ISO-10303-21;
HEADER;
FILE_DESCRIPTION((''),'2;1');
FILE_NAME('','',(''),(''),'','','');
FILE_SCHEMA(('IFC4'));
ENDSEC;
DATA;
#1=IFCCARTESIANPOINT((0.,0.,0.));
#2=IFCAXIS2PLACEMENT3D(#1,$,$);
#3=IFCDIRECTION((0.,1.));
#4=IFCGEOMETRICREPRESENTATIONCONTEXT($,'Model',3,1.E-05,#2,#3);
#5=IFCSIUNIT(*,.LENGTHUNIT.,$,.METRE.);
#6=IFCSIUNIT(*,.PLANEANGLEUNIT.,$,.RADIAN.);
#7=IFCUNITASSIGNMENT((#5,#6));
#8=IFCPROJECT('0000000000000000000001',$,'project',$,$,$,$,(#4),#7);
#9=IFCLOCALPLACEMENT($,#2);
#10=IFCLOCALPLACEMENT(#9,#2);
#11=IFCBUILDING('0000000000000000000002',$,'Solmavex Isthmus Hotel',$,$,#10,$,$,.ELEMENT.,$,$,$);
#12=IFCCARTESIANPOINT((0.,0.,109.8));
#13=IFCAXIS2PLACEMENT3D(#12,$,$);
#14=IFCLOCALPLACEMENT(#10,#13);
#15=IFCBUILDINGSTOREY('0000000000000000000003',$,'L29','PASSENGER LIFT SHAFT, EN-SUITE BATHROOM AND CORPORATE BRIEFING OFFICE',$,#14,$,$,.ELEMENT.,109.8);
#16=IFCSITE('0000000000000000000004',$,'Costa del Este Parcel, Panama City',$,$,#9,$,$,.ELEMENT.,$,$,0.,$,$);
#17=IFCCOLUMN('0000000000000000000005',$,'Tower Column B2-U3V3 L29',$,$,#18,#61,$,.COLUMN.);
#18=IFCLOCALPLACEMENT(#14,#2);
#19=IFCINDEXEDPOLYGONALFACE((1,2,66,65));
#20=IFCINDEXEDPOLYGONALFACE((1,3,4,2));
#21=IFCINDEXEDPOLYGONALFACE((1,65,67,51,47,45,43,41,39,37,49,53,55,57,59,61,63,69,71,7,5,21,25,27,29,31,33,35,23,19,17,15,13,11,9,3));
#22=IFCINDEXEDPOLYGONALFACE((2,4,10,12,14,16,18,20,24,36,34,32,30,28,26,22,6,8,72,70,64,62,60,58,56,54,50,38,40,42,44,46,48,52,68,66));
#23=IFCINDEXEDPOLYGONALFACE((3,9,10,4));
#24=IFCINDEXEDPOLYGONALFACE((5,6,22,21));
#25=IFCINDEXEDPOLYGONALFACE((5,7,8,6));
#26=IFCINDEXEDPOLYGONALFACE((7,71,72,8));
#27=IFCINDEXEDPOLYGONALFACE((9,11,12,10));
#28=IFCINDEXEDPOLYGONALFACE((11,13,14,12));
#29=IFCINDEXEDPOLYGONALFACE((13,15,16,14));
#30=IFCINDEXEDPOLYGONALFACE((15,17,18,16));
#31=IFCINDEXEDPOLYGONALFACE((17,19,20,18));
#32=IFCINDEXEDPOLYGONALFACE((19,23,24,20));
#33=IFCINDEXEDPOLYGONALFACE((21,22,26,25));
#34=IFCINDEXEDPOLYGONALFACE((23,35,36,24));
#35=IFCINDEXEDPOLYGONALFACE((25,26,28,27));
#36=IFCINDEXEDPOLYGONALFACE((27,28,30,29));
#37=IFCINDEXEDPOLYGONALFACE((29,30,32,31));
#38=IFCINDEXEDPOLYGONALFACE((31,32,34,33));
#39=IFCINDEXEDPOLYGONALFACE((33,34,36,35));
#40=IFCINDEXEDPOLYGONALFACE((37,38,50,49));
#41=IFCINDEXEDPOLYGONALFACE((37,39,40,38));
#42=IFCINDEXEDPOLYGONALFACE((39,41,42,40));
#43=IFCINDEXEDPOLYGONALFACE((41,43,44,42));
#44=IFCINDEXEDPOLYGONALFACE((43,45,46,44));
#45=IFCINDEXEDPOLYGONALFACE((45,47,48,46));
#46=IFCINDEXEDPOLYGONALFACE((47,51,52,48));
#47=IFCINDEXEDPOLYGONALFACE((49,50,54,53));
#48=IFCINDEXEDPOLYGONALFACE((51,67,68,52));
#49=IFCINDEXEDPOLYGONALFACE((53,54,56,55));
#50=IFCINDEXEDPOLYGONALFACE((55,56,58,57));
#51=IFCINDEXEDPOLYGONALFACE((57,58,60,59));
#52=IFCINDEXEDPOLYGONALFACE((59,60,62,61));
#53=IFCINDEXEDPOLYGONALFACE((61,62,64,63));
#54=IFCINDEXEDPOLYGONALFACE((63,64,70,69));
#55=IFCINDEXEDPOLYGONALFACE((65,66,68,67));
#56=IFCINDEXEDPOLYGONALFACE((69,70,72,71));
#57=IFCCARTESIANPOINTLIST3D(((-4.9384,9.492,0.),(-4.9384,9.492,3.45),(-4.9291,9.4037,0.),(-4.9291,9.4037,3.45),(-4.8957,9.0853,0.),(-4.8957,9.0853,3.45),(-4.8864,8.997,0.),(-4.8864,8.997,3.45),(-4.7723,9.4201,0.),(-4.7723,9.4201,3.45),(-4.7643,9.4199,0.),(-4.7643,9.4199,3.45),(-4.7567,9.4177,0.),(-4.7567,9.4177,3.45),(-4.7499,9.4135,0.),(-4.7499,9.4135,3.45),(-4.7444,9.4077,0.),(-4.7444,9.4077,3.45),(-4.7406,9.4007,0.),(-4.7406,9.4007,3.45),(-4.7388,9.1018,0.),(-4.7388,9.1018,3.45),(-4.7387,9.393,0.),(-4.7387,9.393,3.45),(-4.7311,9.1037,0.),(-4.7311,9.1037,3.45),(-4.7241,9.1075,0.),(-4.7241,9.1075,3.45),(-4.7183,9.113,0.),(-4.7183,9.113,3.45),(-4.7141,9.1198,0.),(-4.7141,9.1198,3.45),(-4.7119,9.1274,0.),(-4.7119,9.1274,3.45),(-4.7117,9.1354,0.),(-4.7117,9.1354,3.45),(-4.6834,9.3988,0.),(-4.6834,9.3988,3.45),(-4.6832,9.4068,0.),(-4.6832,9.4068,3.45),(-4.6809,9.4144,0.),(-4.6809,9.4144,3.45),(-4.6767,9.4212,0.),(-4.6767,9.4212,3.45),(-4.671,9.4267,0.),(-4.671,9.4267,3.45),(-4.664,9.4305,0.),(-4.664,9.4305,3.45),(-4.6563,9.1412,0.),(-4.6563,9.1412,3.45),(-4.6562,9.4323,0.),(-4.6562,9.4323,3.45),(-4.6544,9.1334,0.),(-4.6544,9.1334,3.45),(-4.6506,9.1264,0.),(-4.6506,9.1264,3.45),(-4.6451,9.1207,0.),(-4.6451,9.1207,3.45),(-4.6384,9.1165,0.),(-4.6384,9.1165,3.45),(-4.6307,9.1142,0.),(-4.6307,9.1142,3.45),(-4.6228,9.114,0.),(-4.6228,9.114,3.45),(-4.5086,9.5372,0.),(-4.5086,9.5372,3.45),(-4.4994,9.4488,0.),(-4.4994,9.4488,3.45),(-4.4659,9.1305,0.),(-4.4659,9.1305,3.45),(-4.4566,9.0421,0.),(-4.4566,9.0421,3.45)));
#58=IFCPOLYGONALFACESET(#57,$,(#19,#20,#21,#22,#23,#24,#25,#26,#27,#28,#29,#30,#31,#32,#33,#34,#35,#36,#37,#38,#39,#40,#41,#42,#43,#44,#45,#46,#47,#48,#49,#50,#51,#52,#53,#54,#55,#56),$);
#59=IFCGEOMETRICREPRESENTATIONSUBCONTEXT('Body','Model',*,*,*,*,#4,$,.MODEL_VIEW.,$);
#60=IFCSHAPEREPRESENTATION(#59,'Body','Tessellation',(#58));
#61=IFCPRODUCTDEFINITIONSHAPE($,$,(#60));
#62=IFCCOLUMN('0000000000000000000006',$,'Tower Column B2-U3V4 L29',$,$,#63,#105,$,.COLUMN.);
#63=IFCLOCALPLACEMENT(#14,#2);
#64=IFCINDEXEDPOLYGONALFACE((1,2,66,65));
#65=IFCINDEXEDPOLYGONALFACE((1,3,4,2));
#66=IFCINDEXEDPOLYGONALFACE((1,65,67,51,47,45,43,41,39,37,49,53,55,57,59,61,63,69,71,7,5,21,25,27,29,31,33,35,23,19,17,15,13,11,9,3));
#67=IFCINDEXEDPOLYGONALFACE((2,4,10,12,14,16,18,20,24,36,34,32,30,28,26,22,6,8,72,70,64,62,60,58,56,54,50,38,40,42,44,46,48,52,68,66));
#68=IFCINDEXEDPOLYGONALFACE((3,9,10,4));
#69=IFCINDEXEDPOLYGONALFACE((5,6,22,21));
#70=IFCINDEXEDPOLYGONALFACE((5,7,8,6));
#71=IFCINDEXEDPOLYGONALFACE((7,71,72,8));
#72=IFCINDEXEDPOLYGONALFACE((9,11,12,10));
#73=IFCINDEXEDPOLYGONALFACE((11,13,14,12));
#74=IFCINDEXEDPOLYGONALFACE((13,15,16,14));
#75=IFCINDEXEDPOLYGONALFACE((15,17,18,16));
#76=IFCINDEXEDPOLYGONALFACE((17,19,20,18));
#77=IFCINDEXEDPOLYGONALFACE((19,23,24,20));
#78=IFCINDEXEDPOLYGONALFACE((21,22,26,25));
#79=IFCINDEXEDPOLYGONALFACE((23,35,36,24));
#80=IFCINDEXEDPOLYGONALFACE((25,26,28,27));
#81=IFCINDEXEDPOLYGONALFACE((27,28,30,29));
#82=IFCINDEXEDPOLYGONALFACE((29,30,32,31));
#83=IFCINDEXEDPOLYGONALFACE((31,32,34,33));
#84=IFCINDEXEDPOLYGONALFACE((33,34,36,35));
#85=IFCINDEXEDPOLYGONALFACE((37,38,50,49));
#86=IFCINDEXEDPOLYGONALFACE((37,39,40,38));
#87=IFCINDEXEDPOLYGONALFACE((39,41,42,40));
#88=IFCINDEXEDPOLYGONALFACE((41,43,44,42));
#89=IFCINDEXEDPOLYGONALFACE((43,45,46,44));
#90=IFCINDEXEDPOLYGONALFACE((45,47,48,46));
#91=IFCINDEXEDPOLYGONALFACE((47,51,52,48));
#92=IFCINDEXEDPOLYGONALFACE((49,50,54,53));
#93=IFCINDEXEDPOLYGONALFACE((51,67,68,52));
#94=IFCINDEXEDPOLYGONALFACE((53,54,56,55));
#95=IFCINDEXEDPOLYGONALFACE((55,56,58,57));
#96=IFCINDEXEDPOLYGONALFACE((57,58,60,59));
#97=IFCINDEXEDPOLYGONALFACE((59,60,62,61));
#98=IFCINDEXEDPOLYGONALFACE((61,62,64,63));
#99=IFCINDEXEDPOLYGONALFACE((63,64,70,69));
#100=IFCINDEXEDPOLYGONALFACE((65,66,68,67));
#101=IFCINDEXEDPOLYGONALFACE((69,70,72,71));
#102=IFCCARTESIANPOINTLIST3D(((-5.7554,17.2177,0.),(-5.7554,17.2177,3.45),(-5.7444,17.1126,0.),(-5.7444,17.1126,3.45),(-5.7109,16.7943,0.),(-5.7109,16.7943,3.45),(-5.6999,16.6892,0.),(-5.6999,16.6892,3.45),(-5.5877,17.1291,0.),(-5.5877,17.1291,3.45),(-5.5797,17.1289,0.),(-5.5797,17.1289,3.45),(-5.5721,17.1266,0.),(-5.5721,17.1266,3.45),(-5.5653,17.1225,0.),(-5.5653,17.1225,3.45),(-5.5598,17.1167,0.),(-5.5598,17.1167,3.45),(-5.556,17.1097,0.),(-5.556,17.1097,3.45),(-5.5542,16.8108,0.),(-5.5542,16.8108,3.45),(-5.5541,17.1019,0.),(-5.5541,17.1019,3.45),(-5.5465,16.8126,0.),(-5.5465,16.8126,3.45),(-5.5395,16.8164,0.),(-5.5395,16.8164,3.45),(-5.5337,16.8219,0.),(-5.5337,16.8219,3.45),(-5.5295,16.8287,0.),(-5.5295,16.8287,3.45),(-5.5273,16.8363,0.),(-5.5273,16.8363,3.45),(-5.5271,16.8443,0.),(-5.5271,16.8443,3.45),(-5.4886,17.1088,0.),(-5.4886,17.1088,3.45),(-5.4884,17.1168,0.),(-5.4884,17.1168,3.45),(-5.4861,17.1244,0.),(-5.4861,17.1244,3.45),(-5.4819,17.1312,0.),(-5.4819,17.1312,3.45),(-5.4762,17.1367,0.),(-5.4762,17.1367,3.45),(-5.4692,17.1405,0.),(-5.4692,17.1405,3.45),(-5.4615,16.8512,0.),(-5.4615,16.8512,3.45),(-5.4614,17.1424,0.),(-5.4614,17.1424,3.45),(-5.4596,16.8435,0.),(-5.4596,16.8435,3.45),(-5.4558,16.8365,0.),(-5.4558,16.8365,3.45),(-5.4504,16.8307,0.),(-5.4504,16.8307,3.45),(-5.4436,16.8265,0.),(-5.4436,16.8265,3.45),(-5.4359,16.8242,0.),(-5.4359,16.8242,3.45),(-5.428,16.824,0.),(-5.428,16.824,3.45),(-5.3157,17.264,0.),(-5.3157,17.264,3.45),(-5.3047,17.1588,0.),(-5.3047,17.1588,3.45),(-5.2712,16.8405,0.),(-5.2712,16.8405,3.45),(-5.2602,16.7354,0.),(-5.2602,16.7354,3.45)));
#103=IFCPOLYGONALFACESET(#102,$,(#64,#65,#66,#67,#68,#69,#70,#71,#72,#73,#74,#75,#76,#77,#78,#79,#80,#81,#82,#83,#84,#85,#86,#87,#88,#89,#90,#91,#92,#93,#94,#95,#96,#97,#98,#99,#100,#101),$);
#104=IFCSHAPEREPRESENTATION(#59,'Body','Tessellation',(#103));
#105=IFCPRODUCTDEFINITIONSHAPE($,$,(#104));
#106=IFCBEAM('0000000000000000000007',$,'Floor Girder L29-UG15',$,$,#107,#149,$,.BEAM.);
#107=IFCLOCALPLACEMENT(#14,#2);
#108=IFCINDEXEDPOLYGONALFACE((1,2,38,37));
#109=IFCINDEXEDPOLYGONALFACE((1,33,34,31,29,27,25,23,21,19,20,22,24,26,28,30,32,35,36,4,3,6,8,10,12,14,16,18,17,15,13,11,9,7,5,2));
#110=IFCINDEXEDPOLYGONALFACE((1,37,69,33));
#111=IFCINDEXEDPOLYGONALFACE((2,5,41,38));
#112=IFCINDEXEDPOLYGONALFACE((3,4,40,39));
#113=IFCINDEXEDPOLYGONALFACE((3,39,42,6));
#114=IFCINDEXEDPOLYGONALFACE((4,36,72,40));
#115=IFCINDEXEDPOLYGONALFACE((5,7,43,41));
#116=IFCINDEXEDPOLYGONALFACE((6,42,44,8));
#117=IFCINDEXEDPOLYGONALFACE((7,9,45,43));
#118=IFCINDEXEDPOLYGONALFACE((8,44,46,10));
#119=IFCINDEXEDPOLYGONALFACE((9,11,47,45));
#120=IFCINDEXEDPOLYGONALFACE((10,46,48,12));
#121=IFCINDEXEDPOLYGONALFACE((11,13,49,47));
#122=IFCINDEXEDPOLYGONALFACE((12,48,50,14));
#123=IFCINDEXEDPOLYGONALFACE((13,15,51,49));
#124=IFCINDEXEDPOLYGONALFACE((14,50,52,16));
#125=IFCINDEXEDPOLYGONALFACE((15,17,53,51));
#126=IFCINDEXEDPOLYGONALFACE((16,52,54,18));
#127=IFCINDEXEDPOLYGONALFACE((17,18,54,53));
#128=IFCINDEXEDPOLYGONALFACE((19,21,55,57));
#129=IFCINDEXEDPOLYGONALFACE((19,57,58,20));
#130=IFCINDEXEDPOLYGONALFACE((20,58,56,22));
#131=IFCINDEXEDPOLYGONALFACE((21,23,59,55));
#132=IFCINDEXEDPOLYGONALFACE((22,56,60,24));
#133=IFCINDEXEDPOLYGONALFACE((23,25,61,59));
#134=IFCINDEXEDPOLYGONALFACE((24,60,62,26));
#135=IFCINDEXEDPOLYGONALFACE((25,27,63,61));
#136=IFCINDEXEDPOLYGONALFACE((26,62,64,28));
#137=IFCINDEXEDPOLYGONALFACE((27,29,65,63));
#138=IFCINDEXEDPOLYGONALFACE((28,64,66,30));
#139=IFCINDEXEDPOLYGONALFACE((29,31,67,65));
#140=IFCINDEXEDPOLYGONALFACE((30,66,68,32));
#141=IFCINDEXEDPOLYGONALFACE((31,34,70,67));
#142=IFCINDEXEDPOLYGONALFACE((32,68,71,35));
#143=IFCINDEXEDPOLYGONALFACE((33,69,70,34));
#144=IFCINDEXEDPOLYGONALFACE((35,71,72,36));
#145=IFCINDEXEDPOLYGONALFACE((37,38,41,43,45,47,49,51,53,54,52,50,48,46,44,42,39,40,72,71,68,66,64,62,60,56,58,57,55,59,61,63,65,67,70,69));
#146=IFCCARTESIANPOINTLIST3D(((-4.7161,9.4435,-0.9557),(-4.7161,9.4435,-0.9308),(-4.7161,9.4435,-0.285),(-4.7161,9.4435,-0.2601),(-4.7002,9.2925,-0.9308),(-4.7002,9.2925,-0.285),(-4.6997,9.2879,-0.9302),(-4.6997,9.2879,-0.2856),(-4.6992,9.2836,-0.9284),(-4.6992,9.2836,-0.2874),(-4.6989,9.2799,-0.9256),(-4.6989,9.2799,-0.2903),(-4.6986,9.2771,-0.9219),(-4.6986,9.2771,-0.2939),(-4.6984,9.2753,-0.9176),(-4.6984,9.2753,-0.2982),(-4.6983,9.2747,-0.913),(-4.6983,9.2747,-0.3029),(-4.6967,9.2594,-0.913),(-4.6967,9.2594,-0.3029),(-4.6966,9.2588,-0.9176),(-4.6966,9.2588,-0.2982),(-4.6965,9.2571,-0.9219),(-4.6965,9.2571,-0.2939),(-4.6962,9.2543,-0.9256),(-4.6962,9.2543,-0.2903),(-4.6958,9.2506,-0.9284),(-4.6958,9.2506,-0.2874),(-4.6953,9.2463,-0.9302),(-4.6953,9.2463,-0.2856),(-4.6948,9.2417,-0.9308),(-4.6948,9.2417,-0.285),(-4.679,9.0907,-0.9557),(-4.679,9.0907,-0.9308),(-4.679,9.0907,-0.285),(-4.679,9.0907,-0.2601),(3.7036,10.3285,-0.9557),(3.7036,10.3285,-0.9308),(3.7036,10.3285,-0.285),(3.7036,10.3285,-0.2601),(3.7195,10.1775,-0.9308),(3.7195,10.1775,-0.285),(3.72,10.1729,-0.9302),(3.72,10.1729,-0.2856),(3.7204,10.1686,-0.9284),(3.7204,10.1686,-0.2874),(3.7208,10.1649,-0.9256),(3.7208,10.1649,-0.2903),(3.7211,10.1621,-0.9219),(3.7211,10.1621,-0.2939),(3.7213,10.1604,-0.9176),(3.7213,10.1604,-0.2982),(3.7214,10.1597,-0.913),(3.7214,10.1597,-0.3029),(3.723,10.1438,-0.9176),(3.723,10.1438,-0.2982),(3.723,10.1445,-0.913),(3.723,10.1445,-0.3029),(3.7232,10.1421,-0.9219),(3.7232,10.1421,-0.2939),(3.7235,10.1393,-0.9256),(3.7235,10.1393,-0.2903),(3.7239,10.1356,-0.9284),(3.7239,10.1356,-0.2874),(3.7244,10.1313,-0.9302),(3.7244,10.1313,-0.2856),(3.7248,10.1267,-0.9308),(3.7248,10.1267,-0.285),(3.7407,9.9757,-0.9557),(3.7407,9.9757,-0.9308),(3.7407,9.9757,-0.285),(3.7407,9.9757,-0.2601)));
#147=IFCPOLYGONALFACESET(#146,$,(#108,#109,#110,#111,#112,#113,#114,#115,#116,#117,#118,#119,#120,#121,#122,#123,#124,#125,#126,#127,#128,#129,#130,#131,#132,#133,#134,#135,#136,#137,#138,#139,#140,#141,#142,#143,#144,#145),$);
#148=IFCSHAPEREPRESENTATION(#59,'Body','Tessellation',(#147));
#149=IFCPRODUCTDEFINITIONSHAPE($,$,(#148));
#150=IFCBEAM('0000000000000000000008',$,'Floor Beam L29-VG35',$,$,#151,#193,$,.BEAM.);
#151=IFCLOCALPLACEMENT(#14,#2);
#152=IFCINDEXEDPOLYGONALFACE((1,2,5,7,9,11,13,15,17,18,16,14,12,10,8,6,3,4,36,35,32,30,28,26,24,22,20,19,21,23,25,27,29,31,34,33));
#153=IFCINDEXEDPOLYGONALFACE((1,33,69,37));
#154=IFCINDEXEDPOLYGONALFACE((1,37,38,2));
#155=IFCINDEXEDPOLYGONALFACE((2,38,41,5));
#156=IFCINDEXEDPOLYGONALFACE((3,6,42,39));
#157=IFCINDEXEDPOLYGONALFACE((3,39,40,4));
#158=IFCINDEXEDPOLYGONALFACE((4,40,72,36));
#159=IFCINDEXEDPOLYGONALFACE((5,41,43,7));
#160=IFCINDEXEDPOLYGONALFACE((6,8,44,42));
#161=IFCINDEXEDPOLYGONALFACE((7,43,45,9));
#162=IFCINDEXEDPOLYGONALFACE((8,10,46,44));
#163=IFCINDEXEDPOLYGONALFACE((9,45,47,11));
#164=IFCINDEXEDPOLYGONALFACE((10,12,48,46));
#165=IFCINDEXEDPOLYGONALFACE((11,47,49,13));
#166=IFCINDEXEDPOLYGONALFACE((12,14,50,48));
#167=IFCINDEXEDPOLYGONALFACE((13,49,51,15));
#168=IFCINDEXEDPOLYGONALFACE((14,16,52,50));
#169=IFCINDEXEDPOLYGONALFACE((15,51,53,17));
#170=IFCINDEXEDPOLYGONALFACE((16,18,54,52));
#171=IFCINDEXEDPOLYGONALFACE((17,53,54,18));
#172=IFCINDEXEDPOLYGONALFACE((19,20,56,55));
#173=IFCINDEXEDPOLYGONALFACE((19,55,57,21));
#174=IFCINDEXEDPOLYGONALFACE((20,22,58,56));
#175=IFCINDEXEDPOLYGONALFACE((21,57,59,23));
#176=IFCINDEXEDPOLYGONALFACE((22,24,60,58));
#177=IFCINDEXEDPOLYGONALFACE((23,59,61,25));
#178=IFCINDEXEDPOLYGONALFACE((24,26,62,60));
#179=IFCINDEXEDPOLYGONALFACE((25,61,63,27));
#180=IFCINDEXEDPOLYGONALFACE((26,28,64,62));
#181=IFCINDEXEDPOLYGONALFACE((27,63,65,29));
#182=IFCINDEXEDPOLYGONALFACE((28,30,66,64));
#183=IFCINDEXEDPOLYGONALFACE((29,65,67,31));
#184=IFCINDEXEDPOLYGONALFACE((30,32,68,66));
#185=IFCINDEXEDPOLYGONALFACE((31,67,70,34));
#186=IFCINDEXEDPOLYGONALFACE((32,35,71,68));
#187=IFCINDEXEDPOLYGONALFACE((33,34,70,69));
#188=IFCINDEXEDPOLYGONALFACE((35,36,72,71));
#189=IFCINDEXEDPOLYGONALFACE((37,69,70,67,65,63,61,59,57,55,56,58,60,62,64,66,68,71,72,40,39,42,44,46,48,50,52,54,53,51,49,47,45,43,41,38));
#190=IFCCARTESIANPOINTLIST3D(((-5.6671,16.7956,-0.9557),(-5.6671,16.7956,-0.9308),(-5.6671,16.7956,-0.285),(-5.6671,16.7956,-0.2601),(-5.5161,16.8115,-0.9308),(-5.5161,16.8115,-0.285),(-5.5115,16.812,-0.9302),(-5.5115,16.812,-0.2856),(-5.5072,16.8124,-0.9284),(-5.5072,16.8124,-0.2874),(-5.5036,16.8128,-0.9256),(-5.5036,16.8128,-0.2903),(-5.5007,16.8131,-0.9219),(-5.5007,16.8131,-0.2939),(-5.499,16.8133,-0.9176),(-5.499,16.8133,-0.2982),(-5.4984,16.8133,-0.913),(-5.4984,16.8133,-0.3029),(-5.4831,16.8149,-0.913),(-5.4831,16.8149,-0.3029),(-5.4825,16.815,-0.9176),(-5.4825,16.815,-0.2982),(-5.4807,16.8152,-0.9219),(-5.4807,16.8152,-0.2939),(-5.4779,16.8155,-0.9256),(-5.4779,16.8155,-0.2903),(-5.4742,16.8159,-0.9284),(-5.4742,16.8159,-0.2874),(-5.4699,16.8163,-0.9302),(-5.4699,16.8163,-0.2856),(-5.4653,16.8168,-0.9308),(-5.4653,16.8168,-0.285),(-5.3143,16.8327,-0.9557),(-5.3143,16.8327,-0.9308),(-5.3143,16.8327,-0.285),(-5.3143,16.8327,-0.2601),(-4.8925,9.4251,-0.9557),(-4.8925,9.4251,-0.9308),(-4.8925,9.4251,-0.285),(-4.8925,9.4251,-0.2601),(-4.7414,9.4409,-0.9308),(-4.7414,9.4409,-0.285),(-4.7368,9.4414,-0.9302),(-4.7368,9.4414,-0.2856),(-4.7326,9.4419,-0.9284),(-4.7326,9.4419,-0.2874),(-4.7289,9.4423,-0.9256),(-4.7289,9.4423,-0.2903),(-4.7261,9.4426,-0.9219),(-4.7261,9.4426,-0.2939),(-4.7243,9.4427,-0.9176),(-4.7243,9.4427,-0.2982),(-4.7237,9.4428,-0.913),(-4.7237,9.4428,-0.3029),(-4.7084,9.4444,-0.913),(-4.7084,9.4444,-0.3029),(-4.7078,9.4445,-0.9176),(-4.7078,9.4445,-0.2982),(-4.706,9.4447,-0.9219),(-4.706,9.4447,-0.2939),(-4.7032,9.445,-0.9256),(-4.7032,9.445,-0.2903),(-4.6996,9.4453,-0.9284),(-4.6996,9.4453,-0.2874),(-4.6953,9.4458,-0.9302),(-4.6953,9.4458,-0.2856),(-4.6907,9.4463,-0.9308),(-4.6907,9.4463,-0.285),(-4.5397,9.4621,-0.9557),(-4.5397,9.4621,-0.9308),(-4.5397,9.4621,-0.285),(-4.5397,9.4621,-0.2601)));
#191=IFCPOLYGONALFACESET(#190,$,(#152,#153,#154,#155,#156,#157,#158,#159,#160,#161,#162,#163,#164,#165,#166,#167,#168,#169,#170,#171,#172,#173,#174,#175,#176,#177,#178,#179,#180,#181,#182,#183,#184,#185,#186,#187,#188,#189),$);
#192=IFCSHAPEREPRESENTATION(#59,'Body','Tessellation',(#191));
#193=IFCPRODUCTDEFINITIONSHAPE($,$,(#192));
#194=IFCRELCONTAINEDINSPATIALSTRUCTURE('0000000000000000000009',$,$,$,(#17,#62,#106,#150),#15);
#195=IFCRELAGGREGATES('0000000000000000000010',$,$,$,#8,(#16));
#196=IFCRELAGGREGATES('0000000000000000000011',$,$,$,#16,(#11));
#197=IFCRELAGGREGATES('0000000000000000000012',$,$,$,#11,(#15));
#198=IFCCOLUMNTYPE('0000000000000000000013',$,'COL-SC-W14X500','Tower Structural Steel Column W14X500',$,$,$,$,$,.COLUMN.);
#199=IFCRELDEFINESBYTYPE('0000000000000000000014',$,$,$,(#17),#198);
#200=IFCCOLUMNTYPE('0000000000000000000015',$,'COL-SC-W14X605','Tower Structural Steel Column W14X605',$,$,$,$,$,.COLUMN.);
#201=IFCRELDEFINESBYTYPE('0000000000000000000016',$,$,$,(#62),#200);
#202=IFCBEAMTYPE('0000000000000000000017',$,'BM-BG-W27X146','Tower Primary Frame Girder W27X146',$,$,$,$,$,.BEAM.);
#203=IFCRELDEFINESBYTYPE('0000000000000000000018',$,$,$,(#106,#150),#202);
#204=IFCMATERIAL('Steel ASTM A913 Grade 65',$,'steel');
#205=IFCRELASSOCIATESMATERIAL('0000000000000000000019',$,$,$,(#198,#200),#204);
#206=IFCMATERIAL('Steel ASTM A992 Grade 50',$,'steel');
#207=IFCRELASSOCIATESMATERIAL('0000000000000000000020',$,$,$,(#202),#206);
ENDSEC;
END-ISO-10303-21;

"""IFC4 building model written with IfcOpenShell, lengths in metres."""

from ifc_helpers import new_model, si_unit, direction, frame, origin, origin_2d, place, context, subcontext, project, spatial, i_section, extrude, material, material_profile, profile_set, type_object, element, save


model = new_model("IFC4")

# Units and contexts
model_context = context("Model", 3, precision=1e-05, world=origin(), true_north=direction((0.0, 1.0)))
body_context = subcontext(model_context, "Body", "Model", "MODEL_VIEW")
ifc_project = project(units=[si_unit("LENGTHUNIT", "METRE"), si_unit("PLANEANGLEUNIT", "RADIAN")], contexts=[model_context])

# Site, building, storey
site_placement = place(None, origin())
site = spatial("IfcSite", under=ifc_project, at=site_placement, Name="Costa del Este Parcel, Panama City", CompositionType="ELEMENT", RefElevation=0.0)
building_placement = place(site_placement, origin())
building = spatial("IfcBuilding", under=site, at=building_placement, Name="Solmavex Isthmus Hotel", CompositionType="ELEMENT")
storey_placement = place(building_placement, frame((0.0, 0.0, 109.8)))
storey = spatial("IfcBuildingStorey", under=building, at=storey_placement, Name="L29", Description="PASSENGER LIFT SHAFT, EN-SUITE BATHROOM AND CORPORATE BRIEFING OFFICE", CompositionType="ELEMENT", Elevation=109.8)

# Columns
ifc_material_1 = material(Name="Steel ASTM A913 Grade 65", Category="steel")
ifc_material_profile_1 = material_profile(ifc_material_1, i_section(OverallWidth=0.4321, OverallDepth=0.4978, WebThickness=0.0557, FlangeThickness=0.0889, FilletRadius=0.0305, at=origin_2d()), Name="W14X500")
ifc_profile_set_1 = profile_set([ifc_material_profile_1], Name="Steel ASTM A913 Grade 65")
column_type_1 = type_object("IfcColumnType", Name="COL-SC-W14X500", Description="Tower Structural Steel Column W14X500", PredefinedType="COLUMN", material=ifc_profile_set_1)
column_1_placement = place(storey_placement, frame((-4.6975, 9.2671, 0.0), z_axis=(0.0, 0.0, 1.0), x_axis=(0.994522, 0.104528, 0.0)))
element("IfcColumn", 1, at=column_1_placement, inside=storey, type_object=column_type_1, Name="Tower Column B2-U3V3 L29", PredefinedType="COLUMN", context=body_context, shape_type="SweptSolid", body=[
    extrude(i_section(OverallWidth=0.4321, OverallDepth=0.4978, WebThickness=0.0557, FlangeThickness=0.0889, FilletRadius=0.0305, at=origin_2d()), origin(), (0.0, 0.0, 1.0), 3.45),
])
ifc_material_profile_2 = material_profile(ifc_material_1, i_section(OverallWidth=0.4421, OverallDepth=0.5315, WebThickness=0.0659, FlangeThickness=0.1057, FilletRadius=0.0305, at=origin_2d()), Name="W14X605")
ifc_profile_set_2 = profile_set([ifc_material_profile_2], Name="Steel ASTM A913 Grade 65")
column_type_2 = type_object("IfcColumnType", Name="COL-SC-W14X605", Description="Tower Structural Steel Column W14X605", PredefinedType="COLUMN", material=ifc_profile_set_2)
column_2_placement = place(storey_placement, frame((-5.5078, 16.9766, 0.0), z_axis=(0.0, 0.0, 1.0), x_axis=(0.994522, 0.104528, 0.0)))
element("IfcColumn", 2, at=column_2_placement, inside=storey, type_object=column_type_2, Name="Tower Column B2-U3V4 L29", PredefinedType="COLUMN", context=body_context, shape_type="SweptSolid", body=[
    extrude(i_section(OverallWidth=0.4421, OverallDepth=0.5315, WebThickness=0.0659, FlangeThickness=0.1057, FilletRadius=0.0305, at=origin_2d()), origin(), (0.0, 0.0, 1.0), 3.45),
])

# Beams
ifc_material_2 = material(Name="Steel ASTM A992 Grade 50", Category="steel")
ifc_material_profile_3 = material_profile(ifc_material_2, i_section(OverallWidth=0.3547, OverallDepth=0.6956, WebThickness=0.0154, FlangeThickness=0.0249, FilletRadius=0.0178, at=origin_2d()), Name="W27X146")
ifc_profile_set_3 = profile_set([ifc_material_profile_3], Name="Steel ASTM A992 Grade 50")
beam_type_1 = type_object("IfcBeamType", Name="BM-BG-W27X146", Description="Tower Primary Frame Girder W27X146", PredefinedType="BEAM", material=ifc_profile_set_3)
beam_1_placement = place(storey_placement, frame((-4.6975, 9.2671, -0.6079), z_axis=(0.994521, 0.104536, 0.0), x_axis=(-0.104536, 0.994521, 0.0)))
element("IfcBeam", 3, at=beam_1_placement, inside=storey, type_object=beam_type_1, Name="Floor Girder L29-UG15", PredefinedType="BEAM", context=body_context, shape_type="SweptSolid", body=[
    extrude(i_section(OverallWidth=0.3547, OverallDepth=0.6956, WebThickness=0.0154, FlangeThickness=0.0249, FilletRadius=0.0178, at=origin_2d()), origin(), (0.0, 0.0, 1.0), 8.4661),
])
beam_2_placement = place(storey_placement, frame((-4.7161, 9.4436, -0.6079), z_axis=(-0.104525, 0.994522, 0.0), x_axis=(-0.994522, -0.104525, 0.0)))
element("IfcBeam", 4, at=beam_2_placement, inside=storey, type_object=beam_type_1, Name="Floor Beam L29-VG35", PredefinedType="BEAM", context=body_context, shape_type="SweptSolid", body=[
    extrude(i_section(OverallWidth=0.3547, OverallDepth=0.6956, WebThickness=0.0154, FlangeThickness=0.0249, FilletRadius=0.0178, at=origin_2d()), origin(), (0.0, 0.0, 1.0), 7.4111),
])

save(model, "model.ifc")
